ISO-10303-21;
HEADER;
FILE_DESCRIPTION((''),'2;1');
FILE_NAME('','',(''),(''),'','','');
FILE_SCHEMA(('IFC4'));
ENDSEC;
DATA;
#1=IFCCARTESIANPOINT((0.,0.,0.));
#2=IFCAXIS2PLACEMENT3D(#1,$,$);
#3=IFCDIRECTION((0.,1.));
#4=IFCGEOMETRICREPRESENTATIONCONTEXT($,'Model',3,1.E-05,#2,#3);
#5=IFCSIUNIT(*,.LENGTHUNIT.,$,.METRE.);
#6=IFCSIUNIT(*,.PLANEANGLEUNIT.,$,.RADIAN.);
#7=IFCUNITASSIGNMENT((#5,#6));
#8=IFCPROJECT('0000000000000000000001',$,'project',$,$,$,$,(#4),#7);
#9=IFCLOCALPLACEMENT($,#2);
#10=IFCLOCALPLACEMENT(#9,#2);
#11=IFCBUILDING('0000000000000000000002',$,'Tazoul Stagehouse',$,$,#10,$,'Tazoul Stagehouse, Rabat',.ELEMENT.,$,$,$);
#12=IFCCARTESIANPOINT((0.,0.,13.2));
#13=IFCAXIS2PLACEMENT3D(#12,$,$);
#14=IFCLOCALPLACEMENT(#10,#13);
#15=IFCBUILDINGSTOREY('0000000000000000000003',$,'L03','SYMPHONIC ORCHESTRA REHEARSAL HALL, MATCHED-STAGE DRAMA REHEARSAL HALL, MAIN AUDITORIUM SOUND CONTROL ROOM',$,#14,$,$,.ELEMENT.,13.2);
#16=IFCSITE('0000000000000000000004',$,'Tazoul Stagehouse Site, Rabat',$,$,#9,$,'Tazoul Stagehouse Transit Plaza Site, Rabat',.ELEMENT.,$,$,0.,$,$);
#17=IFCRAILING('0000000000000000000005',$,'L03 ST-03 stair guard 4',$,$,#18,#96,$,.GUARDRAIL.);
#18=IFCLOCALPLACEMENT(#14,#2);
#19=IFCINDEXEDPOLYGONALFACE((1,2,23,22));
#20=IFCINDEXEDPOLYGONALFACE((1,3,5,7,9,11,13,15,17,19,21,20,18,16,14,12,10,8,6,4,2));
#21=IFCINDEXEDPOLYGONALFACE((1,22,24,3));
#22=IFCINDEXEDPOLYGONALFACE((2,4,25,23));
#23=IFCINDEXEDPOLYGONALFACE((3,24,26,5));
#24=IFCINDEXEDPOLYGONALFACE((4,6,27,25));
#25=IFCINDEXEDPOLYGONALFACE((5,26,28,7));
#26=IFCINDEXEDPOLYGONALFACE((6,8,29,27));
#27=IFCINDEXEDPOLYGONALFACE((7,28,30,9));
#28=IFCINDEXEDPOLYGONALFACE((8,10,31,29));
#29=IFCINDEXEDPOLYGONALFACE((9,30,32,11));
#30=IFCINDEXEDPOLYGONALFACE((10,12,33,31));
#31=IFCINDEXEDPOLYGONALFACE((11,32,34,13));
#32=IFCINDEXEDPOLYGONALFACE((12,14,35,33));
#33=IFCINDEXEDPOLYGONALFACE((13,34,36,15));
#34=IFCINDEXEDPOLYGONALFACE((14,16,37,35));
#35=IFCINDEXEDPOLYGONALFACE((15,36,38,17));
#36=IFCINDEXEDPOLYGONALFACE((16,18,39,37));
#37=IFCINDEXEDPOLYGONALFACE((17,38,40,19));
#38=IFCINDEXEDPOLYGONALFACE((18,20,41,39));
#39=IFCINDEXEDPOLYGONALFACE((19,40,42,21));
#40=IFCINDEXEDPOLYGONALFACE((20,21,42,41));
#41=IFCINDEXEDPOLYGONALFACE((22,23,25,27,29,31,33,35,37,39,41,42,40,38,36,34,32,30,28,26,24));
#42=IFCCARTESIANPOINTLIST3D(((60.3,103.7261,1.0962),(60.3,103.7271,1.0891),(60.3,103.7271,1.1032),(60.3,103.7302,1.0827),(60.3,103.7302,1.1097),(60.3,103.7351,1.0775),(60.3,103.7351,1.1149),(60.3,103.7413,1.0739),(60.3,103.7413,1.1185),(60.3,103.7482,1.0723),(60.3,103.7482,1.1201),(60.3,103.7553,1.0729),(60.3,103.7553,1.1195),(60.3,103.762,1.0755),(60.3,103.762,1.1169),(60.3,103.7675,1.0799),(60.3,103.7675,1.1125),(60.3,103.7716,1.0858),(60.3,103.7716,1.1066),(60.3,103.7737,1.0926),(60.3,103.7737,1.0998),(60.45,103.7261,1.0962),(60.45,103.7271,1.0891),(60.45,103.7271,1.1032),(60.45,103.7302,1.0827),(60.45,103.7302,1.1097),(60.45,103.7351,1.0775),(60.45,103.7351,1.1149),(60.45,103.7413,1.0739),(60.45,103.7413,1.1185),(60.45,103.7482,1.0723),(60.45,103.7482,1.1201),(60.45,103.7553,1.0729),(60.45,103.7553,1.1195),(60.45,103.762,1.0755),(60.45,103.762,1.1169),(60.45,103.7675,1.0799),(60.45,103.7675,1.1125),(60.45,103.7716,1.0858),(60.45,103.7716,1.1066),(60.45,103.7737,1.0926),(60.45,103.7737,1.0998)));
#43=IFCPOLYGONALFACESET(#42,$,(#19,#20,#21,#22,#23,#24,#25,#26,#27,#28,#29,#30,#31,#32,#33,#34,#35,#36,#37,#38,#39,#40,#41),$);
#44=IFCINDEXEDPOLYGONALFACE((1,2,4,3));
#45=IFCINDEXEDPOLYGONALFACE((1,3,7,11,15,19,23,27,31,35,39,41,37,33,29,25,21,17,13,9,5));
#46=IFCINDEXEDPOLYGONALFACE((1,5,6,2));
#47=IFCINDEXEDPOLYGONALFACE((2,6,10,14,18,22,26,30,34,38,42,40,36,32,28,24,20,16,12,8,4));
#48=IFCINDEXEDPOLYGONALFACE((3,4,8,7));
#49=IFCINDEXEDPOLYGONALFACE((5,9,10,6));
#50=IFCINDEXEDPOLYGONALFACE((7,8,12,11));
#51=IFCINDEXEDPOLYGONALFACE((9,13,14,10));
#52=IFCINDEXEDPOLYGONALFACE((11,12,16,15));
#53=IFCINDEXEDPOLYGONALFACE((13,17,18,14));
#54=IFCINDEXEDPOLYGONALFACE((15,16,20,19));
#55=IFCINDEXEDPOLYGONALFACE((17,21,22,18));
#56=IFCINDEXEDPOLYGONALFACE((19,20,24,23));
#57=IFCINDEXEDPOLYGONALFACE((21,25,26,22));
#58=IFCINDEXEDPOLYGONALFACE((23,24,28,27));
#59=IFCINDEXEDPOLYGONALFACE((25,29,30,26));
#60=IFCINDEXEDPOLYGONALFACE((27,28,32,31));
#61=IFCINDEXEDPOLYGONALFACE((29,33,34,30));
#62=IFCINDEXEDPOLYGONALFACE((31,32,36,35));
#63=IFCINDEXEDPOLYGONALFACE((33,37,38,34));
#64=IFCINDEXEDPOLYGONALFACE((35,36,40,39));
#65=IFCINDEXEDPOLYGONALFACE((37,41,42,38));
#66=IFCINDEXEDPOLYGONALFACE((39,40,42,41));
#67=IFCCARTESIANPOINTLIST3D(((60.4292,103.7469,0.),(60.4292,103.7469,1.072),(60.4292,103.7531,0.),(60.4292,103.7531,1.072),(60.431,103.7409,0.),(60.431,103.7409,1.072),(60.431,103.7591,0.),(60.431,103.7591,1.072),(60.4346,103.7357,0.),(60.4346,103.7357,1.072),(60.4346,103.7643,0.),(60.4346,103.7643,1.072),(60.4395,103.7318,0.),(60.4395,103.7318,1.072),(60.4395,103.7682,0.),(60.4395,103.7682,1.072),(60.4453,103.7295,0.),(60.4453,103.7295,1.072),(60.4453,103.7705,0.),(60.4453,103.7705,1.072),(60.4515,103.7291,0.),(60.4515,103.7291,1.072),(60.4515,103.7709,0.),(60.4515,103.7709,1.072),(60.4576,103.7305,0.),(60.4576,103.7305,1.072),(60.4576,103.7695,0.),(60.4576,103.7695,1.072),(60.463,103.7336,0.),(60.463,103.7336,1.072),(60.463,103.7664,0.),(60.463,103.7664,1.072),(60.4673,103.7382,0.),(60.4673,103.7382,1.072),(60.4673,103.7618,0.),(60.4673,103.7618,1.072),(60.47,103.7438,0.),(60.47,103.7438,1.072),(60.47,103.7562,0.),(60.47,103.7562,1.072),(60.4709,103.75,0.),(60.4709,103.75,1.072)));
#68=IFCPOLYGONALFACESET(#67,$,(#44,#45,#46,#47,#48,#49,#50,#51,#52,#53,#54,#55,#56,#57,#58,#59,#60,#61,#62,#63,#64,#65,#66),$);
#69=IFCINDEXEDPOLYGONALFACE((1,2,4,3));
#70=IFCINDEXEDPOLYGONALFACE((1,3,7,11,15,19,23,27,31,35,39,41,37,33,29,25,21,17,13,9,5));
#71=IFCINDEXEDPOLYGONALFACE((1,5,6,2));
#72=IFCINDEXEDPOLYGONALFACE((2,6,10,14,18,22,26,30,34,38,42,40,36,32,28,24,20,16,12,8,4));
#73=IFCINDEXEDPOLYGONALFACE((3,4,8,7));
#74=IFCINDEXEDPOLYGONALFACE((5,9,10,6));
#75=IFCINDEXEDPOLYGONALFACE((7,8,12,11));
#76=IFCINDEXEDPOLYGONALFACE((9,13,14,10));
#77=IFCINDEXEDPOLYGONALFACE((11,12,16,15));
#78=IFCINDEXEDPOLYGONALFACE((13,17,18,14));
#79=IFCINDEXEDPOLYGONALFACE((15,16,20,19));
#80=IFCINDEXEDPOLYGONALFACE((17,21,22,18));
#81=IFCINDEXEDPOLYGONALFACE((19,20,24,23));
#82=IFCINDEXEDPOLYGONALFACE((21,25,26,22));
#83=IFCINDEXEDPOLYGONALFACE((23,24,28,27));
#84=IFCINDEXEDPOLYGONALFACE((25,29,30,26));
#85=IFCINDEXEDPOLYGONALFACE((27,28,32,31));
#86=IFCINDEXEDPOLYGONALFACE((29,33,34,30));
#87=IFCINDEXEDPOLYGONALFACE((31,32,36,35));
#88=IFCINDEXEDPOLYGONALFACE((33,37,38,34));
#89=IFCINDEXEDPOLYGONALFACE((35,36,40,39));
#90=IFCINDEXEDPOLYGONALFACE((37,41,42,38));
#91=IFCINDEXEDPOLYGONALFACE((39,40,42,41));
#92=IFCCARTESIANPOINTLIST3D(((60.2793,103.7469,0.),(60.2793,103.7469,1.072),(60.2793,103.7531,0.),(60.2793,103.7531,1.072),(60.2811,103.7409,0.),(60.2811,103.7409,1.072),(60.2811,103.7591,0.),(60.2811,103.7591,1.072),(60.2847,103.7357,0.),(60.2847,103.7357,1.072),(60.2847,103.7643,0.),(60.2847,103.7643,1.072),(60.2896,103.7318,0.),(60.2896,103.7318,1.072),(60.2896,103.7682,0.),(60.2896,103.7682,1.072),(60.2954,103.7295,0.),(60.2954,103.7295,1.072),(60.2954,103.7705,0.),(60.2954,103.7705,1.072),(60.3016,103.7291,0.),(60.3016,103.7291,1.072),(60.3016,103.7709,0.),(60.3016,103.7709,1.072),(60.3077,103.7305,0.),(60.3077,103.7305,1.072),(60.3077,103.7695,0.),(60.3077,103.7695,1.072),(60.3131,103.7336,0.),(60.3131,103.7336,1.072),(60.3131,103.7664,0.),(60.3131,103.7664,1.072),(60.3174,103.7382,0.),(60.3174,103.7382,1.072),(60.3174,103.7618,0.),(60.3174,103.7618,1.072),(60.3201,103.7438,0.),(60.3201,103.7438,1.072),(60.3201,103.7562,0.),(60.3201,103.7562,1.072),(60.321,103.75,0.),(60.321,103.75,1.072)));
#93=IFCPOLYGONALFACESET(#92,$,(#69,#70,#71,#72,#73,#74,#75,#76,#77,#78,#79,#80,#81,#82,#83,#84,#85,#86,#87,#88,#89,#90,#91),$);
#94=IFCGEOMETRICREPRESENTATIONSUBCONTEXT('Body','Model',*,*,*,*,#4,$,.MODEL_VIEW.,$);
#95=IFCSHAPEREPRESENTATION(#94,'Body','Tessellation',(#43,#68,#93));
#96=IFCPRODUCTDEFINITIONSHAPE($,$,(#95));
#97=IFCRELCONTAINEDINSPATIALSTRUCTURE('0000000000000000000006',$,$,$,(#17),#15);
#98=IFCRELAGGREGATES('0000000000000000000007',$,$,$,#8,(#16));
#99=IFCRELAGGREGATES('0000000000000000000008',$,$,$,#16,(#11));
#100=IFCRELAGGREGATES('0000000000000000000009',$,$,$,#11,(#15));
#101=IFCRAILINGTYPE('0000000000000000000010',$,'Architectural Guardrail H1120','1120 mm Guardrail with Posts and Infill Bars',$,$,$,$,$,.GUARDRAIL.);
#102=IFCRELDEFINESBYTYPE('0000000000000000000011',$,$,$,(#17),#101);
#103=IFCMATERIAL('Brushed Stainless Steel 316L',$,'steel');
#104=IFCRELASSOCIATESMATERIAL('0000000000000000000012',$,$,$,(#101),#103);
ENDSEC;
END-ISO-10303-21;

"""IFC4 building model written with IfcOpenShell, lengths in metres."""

from ifc_helpers import new_model, si_unit, direction, frame, origin, origin_2d, place, context, subcontext, project, spatial, circle, extrude, material, material_profile, profile_set, type_object, element, save


model = new_model("IFC4")

# Units and contexts
model_context = context("Model", 3, precision=1e-05, world=origin(), true_north=direction((0.0, 1.0)))
body_context = subcontext(model_context, "Body", "Model", "MODEL_VIEW")
ifc_project = project(units=[si_unit("LENGTHUNIT", "METRE"), si_unit("PLANEANGLEUNIT", "RADIAN")], contexts=[model_context])

# Site, building, storey
site_placement = place(None, origin())
site = spatial("IfcSite", under=ifc_project, at=site_placement, Name="Tazoul Stagehouse Site, Rabat", LongName="Tazoul Stagehouse Transit Plaza Site, Rabat", CompositionType="ELEMENT", RefElevation=0.0)
building_placement = place(site_placement, origin())
building = spatial("IfcBuilding", under=site, at=building_placement, Name="Tazoul Stagehouse", LongName="Tazoul Stagehouse, Rabat", CompositionType="ELEMENT")
storey_placement = place(building_placement, frame((0.0, 0.0, 13.2)))
storey = spatial("IfcBuildingStorey", under=building, at=storey_placement, Name="L03", Description="SYMPHONIC ORCHESTRA REHEARSAL HALL, MATCHED-STAGE DRAMA REHEARSAL HALL, MAIN AUDITORIUM SOUND CONTROL ROOM", CompositionType="ELEMENT", Elevation=13.2)

# Railing
ifc_material_1 = material(Name="Brushed Stainless Steel 316L", Category="steel")
ifc_material_profile_1 = material_profile(ifc_material_1, circle(Radius=0.0239, at=origin_2d()), Name="SS RAIL D48")
ifc_profile_set_1 = profile_set([ifc_material_profile_1], Name="Brushed Stainless Steel 316L")
railing_type_1 = type_object("IfcRailingType", Name="Architectural Guardrail H1120", Description="1120 mm Guardrail with Posts and Infill Bars", PredefinedType="GUARDRAIL", material=ifc_profile_set_1)
railing_1_placement = place(storey_placement, frame((60.45, 103.75, 0.0)))
element("IfcRailing", 1, at=railing_1_placement, inside=storey, type_object=railing_type_1, Name="L03 ST-03 stair guard 4", PredefinedType="GUARDRAIL", context=body_context, shape_type="SweptSolid", body=[
    extrude(circle(Radius=0.0239, at=origin_2d()), frame((0.0, 0.0, 1.0962), z_axis=(-1.0, 0.0, 0.0), x_axis=(0.0, -1.0, 0.0)), (0.0, 0.0, 1.0), 0.1499),
    extrude(circle(Radius=0.021, at=origin_2d()), origin(), (0.0, 0.0, 1.0), 1.072),
    extrude(circle(Radius=0.021, at=origin_2d()), frame((-0.1499, 0.0, 0.0)), (0.0, 0.0, 1.0), 1.072),
])

save(model, "model.ifc")
